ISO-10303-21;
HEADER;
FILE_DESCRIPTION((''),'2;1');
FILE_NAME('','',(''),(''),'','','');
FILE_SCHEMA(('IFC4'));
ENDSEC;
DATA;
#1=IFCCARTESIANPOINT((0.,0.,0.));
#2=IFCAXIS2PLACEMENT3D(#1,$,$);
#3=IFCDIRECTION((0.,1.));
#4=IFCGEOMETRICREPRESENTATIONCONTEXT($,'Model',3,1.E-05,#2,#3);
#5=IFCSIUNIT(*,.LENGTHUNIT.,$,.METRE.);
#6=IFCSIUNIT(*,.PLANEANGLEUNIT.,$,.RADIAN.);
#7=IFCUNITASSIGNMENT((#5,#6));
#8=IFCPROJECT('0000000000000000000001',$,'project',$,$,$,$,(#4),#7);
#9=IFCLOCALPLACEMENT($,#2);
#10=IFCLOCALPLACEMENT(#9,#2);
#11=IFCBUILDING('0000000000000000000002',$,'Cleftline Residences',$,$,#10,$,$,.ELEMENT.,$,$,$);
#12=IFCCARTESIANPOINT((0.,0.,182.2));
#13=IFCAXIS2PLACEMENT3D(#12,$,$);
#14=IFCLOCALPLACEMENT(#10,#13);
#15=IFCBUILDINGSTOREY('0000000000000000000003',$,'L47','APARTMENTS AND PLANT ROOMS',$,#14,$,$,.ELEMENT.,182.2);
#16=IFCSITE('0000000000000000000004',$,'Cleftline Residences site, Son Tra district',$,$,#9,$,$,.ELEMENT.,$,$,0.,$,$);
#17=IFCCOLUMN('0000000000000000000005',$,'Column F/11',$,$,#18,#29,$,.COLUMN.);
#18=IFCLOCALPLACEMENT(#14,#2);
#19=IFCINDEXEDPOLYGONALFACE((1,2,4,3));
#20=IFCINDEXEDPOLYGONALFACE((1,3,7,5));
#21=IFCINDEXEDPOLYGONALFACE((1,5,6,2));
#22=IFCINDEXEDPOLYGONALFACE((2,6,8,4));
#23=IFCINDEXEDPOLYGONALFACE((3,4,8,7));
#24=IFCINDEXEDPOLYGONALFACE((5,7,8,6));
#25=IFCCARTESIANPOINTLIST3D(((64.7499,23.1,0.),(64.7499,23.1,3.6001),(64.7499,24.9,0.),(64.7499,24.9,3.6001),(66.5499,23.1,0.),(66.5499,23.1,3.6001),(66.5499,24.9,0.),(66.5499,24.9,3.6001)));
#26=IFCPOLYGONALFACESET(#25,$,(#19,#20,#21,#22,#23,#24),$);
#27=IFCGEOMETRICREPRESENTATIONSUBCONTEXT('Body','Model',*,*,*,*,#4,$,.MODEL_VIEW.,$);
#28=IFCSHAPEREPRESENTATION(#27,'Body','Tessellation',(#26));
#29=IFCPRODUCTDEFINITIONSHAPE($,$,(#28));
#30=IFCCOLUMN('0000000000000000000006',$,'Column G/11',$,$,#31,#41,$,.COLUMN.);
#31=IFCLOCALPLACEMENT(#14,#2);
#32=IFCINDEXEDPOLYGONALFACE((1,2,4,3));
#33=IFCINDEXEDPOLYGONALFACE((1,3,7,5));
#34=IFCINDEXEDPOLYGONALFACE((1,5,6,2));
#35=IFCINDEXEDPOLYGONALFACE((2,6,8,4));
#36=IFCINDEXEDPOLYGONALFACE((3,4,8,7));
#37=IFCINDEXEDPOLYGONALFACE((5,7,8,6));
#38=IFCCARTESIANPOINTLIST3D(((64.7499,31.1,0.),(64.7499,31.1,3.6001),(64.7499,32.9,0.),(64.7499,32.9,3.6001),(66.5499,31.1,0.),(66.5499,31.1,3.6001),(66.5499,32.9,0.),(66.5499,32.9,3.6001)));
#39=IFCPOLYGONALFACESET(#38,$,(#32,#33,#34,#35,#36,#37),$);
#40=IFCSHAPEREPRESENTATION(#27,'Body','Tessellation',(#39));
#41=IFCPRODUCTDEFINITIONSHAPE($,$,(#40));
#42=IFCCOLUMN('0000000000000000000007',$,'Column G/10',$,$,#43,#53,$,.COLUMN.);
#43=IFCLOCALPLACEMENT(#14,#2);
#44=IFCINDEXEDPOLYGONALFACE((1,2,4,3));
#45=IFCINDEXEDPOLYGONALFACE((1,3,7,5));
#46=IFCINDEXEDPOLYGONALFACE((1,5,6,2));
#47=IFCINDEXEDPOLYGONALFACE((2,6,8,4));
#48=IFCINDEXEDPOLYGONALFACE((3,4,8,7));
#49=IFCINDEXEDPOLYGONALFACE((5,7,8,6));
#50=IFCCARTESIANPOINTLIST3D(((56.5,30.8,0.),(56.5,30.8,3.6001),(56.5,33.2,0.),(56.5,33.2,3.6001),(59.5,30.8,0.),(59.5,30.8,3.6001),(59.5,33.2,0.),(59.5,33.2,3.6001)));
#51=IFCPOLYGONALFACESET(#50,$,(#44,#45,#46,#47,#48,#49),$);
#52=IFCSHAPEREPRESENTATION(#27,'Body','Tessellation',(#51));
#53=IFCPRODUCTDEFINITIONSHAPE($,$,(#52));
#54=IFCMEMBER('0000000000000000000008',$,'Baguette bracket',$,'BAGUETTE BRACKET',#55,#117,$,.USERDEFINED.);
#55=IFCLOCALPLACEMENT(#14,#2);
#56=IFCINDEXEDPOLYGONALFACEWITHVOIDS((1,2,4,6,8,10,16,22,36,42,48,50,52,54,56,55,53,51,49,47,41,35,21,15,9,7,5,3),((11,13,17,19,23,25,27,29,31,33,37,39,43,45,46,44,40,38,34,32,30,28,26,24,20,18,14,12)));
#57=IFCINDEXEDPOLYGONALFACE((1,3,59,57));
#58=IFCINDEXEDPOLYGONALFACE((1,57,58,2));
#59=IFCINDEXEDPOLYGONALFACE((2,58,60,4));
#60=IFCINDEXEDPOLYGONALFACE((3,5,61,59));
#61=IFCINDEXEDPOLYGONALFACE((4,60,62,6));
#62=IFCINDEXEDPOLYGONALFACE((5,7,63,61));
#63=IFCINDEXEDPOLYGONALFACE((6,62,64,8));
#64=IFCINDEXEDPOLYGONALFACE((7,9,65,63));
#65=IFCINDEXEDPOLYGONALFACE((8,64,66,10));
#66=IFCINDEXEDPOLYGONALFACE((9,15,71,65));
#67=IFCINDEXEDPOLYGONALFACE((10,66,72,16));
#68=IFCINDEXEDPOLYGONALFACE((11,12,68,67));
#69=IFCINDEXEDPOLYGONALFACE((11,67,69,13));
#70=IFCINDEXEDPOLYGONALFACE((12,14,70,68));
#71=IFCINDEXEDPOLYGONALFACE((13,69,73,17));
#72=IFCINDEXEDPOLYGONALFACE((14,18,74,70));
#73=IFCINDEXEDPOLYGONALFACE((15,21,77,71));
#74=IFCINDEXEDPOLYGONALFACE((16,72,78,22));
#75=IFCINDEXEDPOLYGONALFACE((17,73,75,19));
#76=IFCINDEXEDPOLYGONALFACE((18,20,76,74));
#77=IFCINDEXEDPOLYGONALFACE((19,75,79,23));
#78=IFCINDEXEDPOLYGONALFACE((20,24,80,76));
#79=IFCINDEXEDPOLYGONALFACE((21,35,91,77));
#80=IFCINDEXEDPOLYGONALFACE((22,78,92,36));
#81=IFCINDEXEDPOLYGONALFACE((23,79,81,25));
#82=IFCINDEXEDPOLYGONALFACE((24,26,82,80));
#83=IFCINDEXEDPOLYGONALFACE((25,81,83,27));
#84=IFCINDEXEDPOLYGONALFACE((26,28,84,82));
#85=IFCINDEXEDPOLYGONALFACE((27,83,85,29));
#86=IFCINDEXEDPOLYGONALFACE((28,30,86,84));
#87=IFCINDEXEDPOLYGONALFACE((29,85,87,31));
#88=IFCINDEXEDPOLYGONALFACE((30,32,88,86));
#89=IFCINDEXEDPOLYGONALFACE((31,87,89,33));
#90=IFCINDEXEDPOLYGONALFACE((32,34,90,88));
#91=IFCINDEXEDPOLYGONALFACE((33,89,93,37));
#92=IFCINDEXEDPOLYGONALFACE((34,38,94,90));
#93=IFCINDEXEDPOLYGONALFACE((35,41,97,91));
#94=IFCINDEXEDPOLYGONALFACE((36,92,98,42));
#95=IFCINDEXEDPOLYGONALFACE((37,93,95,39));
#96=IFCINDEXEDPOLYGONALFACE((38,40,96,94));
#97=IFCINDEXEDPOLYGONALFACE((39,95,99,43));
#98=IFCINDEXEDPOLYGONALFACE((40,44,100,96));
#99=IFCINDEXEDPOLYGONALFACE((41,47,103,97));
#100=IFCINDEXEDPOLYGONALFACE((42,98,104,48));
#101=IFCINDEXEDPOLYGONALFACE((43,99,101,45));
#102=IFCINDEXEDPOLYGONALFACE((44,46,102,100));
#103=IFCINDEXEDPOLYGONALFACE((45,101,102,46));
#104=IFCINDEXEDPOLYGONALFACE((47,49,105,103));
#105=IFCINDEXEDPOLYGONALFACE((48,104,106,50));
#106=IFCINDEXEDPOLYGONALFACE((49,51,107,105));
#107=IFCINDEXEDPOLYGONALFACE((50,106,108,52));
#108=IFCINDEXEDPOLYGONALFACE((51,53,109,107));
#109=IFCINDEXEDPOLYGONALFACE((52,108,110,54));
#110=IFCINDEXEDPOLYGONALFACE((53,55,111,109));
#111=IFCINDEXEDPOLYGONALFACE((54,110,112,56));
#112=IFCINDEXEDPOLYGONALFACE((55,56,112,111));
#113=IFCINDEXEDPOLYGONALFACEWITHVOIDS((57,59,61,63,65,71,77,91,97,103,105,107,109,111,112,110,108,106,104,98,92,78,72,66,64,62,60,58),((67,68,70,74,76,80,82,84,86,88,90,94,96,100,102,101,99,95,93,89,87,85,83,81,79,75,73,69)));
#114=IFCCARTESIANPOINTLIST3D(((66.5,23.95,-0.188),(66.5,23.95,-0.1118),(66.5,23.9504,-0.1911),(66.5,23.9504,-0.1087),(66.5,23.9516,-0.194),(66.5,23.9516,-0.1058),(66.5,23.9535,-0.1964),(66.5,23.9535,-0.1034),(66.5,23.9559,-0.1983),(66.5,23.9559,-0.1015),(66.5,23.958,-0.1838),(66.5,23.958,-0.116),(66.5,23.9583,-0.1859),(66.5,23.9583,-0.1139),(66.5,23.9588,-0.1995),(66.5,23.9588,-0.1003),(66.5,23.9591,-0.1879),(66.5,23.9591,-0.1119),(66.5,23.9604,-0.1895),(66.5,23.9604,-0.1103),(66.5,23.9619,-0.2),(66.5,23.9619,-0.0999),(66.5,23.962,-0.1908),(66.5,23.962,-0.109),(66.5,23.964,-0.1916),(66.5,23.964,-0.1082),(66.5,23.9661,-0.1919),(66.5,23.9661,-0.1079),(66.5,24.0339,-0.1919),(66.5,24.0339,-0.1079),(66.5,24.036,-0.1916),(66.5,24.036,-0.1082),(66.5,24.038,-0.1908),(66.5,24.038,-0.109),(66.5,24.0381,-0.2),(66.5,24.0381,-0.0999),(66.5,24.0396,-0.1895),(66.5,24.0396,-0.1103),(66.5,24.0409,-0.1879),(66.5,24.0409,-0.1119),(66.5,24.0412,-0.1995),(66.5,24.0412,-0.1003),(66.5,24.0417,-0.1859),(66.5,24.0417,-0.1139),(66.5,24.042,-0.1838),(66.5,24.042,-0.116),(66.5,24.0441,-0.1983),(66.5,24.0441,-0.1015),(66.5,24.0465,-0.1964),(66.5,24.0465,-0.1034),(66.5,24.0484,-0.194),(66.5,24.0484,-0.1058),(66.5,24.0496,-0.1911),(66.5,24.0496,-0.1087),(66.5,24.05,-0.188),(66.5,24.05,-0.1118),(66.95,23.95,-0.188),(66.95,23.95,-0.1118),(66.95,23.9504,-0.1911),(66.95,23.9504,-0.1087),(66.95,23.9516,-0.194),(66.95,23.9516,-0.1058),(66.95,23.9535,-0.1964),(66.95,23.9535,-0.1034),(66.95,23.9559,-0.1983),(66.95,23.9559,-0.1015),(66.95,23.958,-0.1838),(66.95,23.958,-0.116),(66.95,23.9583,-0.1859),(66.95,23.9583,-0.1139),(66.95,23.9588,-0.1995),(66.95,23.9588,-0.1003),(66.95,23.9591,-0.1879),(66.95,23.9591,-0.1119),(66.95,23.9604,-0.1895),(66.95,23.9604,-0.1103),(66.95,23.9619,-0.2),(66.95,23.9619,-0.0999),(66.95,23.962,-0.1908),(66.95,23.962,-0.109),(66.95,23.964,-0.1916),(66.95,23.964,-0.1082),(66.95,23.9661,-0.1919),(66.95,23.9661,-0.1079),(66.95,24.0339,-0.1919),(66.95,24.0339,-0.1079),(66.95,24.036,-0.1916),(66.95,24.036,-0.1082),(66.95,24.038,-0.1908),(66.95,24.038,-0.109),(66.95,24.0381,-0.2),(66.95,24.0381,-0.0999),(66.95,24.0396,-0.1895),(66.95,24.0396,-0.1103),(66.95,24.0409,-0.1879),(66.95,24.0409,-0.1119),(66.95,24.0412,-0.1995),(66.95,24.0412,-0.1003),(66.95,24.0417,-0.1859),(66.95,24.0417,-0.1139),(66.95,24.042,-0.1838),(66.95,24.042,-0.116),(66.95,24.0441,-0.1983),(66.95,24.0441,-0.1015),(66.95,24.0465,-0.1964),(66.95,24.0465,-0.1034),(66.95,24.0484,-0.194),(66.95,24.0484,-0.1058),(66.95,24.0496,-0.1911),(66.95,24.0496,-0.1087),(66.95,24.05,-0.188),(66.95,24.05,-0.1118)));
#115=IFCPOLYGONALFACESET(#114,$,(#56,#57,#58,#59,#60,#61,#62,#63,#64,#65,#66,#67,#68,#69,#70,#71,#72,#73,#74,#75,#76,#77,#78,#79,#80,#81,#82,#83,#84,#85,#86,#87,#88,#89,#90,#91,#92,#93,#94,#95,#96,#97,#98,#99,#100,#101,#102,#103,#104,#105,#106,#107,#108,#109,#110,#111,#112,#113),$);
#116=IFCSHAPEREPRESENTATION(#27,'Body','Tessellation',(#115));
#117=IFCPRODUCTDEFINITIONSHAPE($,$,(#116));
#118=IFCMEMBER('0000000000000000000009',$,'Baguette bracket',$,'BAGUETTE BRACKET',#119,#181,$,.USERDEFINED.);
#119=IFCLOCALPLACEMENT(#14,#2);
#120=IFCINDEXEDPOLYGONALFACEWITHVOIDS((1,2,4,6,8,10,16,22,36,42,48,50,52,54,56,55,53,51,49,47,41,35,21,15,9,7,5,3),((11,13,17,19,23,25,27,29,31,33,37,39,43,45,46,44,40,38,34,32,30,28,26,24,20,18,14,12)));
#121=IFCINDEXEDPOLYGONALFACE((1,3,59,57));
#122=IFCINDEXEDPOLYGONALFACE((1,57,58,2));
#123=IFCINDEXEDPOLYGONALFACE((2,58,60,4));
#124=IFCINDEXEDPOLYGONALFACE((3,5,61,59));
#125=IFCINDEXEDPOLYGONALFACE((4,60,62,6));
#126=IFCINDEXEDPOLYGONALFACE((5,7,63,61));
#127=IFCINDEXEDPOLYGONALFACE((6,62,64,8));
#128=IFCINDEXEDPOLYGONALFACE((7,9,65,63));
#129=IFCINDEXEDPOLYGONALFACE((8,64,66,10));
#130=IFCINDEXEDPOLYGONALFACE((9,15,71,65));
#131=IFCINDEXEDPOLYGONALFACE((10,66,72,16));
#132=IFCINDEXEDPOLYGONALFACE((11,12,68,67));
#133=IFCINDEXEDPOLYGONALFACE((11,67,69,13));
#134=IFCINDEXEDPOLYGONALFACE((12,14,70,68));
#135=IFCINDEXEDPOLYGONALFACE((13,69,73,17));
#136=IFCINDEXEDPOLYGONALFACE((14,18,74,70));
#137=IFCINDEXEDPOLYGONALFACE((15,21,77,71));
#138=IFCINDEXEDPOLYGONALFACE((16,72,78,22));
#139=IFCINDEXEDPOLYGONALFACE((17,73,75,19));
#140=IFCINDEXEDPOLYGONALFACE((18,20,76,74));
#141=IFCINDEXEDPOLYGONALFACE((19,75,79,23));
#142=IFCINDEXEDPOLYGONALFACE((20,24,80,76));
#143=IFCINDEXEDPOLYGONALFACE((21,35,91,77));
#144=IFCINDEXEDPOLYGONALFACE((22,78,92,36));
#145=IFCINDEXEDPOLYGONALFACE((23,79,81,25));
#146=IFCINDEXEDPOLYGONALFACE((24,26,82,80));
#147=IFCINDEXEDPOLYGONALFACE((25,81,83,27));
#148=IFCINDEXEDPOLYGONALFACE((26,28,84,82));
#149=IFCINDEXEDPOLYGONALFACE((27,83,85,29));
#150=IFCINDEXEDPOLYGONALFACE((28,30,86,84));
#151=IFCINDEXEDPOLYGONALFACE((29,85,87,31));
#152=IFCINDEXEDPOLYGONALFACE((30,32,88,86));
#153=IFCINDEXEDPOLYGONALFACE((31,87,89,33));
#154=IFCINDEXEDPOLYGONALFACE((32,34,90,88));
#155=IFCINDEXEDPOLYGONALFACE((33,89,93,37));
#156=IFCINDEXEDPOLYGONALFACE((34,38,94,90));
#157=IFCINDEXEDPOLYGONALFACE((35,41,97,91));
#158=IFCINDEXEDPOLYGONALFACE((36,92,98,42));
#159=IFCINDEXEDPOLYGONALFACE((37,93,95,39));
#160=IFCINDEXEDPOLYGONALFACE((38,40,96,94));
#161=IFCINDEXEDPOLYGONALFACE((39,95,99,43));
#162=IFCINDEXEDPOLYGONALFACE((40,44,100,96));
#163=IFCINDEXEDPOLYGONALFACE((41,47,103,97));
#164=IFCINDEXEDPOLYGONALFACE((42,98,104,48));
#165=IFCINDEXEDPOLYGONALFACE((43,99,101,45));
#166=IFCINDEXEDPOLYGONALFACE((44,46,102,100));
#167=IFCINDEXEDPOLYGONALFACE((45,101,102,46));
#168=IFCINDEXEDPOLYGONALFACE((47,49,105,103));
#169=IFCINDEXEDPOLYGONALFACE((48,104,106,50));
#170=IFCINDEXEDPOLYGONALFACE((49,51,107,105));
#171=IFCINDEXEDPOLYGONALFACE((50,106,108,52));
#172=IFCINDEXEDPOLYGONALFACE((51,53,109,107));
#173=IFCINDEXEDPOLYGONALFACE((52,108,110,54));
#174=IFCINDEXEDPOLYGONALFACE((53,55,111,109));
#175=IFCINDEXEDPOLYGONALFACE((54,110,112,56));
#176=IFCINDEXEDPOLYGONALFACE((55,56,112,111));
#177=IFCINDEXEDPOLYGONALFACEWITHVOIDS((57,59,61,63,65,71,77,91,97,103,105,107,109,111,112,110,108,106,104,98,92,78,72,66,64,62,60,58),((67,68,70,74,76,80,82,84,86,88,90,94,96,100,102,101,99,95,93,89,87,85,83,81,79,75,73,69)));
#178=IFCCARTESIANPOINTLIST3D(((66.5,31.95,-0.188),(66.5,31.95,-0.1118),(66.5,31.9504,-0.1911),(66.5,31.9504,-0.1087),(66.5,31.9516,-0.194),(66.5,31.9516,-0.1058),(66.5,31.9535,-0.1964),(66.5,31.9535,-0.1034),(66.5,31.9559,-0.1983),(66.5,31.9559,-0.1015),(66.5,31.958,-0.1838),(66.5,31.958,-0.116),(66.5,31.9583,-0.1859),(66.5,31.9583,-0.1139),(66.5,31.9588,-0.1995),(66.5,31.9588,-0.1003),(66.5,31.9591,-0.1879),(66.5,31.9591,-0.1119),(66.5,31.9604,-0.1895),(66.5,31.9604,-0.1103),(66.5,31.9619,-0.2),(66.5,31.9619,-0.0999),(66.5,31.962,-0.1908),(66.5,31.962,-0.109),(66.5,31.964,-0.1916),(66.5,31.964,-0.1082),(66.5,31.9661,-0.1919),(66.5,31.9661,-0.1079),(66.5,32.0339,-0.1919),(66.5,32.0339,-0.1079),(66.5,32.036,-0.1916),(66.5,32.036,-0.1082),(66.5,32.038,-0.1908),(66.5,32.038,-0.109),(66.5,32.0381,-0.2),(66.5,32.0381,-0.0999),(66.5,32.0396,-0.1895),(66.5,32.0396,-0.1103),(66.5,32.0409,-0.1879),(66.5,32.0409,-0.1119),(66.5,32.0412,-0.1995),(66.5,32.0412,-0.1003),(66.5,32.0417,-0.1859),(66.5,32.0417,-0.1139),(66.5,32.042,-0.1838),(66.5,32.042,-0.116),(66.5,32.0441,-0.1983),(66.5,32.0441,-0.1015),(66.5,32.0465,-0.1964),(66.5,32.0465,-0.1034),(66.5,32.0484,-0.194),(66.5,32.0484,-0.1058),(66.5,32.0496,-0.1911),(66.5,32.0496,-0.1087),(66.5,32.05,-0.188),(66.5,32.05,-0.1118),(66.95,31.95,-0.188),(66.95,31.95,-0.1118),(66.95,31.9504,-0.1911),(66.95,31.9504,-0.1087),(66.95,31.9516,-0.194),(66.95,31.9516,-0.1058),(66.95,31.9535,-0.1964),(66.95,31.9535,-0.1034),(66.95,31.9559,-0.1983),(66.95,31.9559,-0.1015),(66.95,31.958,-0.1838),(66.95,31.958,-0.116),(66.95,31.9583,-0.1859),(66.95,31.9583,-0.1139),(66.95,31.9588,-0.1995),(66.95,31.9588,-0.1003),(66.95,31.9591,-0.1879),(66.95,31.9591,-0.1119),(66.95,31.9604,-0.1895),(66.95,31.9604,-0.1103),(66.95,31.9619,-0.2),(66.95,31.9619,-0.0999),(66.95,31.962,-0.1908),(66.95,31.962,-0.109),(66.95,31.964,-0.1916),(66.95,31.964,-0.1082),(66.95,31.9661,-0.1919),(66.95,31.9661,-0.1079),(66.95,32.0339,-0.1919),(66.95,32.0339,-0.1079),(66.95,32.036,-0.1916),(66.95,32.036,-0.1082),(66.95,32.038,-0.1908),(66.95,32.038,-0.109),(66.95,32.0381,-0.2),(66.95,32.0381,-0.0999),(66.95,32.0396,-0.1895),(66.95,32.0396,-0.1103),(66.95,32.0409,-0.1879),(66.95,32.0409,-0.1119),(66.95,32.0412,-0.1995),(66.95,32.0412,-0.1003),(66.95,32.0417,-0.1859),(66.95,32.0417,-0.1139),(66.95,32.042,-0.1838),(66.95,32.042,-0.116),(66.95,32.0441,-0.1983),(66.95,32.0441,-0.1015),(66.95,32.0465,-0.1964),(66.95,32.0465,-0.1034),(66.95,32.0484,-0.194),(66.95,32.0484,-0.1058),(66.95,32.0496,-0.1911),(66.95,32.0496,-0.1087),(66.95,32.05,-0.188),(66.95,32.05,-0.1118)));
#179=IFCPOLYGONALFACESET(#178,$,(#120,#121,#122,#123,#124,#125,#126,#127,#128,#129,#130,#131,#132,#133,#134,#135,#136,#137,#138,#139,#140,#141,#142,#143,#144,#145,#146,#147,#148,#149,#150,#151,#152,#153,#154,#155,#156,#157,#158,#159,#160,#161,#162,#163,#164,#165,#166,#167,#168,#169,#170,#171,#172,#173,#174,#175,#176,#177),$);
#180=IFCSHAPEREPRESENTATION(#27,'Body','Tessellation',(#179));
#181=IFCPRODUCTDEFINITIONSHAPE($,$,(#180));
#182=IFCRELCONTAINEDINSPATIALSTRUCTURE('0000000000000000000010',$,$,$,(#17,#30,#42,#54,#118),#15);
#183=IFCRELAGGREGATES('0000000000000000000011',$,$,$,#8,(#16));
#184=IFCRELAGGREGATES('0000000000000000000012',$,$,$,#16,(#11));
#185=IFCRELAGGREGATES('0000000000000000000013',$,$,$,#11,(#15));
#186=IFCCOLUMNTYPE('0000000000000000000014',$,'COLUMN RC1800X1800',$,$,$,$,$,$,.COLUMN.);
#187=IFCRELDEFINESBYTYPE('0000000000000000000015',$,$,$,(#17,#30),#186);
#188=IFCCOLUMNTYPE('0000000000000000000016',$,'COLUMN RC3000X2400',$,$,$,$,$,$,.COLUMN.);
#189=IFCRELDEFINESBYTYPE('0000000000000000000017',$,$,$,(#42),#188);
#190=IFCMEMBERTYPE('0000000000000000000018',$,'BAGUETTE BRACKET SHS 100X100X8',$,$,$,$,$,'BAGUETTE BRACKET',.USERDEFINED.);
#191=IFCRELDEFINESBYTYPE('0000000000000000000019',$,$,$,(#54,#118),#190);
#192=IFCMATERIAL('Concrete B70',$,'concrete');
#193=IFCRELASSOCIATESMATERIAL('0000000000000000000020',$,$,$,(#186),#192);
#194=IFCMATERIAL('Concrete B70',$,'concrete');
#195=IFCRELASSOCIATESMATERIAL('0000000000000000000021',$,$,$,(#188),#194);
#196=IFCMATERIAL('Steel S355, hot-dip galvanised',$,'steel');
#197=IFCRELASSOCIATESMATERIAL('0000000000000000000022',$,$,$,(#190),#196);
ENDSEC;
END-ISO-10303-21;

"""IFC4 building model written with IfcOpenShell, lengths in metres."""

from ifc_helpers import new_model, si_unit, direction, frame, origin, origin_2d, place, context, subcontext, project, spatial, rectangle, hollow_rectangle, extrude, material, material_profile, profile_set, type_object, element, save


model = new_model("IFC4")

# Units and contexts
model_context = context("Model", 3, precision=1e-05, world=origin(), true_north=direction((0.0, 1.0)))
body_context = subcontext(model_context, "Body", "Model", "MODEL_VIEW")
ifc_project = project(units=[si_unit("LENGTHUNIT", "METRE"), si_unit("PLANEANGLEUNIT", "RADIAN")], contexts=[model_context])

# Site, building, storey
site_placement = place(None, origin())
site = spatial("IfcSite", under=ifc_project, at=site_placement, Name="Cleftline Residences site, Son Tra district", CompositionType="ELEMENT", RefElevation=0.0)
building_placement = place(site_placement, origin())
building = spatial("IfcBuilding", under=site, at=building_placement, Name="Cleftline Residences", CompositionType="ELEMENT")
storey_placement = place(building_placement, frame((0.0, 0.0, 182.2)))
storey = spatial("IfcBuildingStorey", under=building, at=storey_placement, Name="L47", Description="APARTMENTS AND PLANT ROOMS", CompositionType="ELEMENT", Elevation=182.2)

# Columns
ifc_material_1 = material(Name="Concrete B70", Category="concrete")
ifc_material_profile_1 = material_profile(ifc_material_1, rectangle(XDim=1.8, YDim=1.8, at=origin_2d()))
ifc_profile_set_1 = profile_set([ifc_material_profile_1], Name="Concrete B70")
column_type_1 = type_object("IfcColumnType", Name="COLUMN RC1800X1800", PredefinedType="COLUMN", material=ifc_profile_set_1)
for number, where, z_axis, x_axis, name in (
    (1, (65.6499, 24.0, 0.0), (0.0, 0.0, 1.0), (1.0, 0.0, 0.0), "Column F/11"),
    (2, (65.6499, 32.0, 0.0), (0.0, 0.0, 1.0), (1.0, 0.0, 0.0), "Column G/11"),
):
    element("IfcColumn", number, at=place(storey_placement, frame(where, z_axis=z_axis, x_axis=x_axis)), inside=storey, type_object=column_type_1, Name=name, PredefinedType="COLUMN", context=body_context, shape_type="SweptSolid", body=[
        extrude(rectangle(XDim=1.8, YDim=1.8, at=origin_2d()), origin(), (0.0, 0.0, 1.0), 3.6001),
    ])
ifc_material_2 = material(Name="Concrete B70", Category="concrete")
ifc_material_profile_2 = material_profile(ifc_material_2, rectangle(XDim=3.0, YDim=2.3999, at=origin_2d()))
ifc_profile_set_2 = profile_set([ifc_material_profile_2], Name="Concrete B70")
column_type_2 = type_object("IfcColumnType", Name="COLUMN RC3000X2400", PredefinedType="COLUMN", material=ifc_profile_set_2)
column_placement = place(storey_placement, frame((58.0, 32.0, 0.0), z_axis=(0.0, 0.0, 1.0), x_axis=(1.0, 0.0, 0.0)))
element("IfcColumn", 3, at=column_placement, inside=storey, type_object=column_type_2, Name="Column G/10", PredefinedType="COLUMN", context=body_context, shape_type="SweptSolid", body=[
    extrude(rectangle(XDim=3.0, YDim=2.3999, at=origin_2d()), origin(), (0.0, 0.0, 1.0), 3.6001),
])

# Members
ifc_material_3 = material(Name="Steel S355, hot-dip galvanised", Category="steel")
ifc_material_profile_3 = material_profile(ifc_material_3, hollow_rectangle(XDim=0.1001, YDim=0.1001, WallThickness=0.0081, InnerFilletRadius=0.0081, OuterFilletRadius=0.012, at=origin_2d()))
ifc_profile_set_3 = profile_set([ifc_material_profile_3], Name="Steel S355, hot-dip galvanised")
member_type_1 = type_object("IfcMemberType", Name="BAGUETTE BRACKET SHS 100X100X8", ElementType="BAGUETTE BRACKET", PredefinedType="USERDEFINED", material=ifc_profile_set_3)
for number, where, z_axis, x_axis, name in (
    (4, (66.5, 24.0, -0.1499), (1.0, 0.0, 0.0), (0.0, 1.0, 0.0), "Baguette bracket"),
    (5, (66.5, 32.0, -0.1499), (1.0, 0.0, 0.0), (0.0, 1.0, 0.0), "Baguette bracket"),
):
    element("IfcMember", number, at=place(storey_placement, frame(where, z_axis=z_axis, x_axis=x_axis)), inside=storey, type_object=member_type_1, Name=name, ObjectType="BAGUETTE BRACKET", PredefinedType="USERDEFINED", context=body_context, shape_type="SweptSolid", body=[
        extrude(hollow_rectangle(XDim=0.1001, YDim=0.1001, WallThickness=0.0081, InnerFilletRadius=0.0081, OuterFilletRadius=0.012, at=origin_2d()), origin(), (0.0, 0.0, 1.0), 0.45),
    ])

save(model, "model.ifc")
